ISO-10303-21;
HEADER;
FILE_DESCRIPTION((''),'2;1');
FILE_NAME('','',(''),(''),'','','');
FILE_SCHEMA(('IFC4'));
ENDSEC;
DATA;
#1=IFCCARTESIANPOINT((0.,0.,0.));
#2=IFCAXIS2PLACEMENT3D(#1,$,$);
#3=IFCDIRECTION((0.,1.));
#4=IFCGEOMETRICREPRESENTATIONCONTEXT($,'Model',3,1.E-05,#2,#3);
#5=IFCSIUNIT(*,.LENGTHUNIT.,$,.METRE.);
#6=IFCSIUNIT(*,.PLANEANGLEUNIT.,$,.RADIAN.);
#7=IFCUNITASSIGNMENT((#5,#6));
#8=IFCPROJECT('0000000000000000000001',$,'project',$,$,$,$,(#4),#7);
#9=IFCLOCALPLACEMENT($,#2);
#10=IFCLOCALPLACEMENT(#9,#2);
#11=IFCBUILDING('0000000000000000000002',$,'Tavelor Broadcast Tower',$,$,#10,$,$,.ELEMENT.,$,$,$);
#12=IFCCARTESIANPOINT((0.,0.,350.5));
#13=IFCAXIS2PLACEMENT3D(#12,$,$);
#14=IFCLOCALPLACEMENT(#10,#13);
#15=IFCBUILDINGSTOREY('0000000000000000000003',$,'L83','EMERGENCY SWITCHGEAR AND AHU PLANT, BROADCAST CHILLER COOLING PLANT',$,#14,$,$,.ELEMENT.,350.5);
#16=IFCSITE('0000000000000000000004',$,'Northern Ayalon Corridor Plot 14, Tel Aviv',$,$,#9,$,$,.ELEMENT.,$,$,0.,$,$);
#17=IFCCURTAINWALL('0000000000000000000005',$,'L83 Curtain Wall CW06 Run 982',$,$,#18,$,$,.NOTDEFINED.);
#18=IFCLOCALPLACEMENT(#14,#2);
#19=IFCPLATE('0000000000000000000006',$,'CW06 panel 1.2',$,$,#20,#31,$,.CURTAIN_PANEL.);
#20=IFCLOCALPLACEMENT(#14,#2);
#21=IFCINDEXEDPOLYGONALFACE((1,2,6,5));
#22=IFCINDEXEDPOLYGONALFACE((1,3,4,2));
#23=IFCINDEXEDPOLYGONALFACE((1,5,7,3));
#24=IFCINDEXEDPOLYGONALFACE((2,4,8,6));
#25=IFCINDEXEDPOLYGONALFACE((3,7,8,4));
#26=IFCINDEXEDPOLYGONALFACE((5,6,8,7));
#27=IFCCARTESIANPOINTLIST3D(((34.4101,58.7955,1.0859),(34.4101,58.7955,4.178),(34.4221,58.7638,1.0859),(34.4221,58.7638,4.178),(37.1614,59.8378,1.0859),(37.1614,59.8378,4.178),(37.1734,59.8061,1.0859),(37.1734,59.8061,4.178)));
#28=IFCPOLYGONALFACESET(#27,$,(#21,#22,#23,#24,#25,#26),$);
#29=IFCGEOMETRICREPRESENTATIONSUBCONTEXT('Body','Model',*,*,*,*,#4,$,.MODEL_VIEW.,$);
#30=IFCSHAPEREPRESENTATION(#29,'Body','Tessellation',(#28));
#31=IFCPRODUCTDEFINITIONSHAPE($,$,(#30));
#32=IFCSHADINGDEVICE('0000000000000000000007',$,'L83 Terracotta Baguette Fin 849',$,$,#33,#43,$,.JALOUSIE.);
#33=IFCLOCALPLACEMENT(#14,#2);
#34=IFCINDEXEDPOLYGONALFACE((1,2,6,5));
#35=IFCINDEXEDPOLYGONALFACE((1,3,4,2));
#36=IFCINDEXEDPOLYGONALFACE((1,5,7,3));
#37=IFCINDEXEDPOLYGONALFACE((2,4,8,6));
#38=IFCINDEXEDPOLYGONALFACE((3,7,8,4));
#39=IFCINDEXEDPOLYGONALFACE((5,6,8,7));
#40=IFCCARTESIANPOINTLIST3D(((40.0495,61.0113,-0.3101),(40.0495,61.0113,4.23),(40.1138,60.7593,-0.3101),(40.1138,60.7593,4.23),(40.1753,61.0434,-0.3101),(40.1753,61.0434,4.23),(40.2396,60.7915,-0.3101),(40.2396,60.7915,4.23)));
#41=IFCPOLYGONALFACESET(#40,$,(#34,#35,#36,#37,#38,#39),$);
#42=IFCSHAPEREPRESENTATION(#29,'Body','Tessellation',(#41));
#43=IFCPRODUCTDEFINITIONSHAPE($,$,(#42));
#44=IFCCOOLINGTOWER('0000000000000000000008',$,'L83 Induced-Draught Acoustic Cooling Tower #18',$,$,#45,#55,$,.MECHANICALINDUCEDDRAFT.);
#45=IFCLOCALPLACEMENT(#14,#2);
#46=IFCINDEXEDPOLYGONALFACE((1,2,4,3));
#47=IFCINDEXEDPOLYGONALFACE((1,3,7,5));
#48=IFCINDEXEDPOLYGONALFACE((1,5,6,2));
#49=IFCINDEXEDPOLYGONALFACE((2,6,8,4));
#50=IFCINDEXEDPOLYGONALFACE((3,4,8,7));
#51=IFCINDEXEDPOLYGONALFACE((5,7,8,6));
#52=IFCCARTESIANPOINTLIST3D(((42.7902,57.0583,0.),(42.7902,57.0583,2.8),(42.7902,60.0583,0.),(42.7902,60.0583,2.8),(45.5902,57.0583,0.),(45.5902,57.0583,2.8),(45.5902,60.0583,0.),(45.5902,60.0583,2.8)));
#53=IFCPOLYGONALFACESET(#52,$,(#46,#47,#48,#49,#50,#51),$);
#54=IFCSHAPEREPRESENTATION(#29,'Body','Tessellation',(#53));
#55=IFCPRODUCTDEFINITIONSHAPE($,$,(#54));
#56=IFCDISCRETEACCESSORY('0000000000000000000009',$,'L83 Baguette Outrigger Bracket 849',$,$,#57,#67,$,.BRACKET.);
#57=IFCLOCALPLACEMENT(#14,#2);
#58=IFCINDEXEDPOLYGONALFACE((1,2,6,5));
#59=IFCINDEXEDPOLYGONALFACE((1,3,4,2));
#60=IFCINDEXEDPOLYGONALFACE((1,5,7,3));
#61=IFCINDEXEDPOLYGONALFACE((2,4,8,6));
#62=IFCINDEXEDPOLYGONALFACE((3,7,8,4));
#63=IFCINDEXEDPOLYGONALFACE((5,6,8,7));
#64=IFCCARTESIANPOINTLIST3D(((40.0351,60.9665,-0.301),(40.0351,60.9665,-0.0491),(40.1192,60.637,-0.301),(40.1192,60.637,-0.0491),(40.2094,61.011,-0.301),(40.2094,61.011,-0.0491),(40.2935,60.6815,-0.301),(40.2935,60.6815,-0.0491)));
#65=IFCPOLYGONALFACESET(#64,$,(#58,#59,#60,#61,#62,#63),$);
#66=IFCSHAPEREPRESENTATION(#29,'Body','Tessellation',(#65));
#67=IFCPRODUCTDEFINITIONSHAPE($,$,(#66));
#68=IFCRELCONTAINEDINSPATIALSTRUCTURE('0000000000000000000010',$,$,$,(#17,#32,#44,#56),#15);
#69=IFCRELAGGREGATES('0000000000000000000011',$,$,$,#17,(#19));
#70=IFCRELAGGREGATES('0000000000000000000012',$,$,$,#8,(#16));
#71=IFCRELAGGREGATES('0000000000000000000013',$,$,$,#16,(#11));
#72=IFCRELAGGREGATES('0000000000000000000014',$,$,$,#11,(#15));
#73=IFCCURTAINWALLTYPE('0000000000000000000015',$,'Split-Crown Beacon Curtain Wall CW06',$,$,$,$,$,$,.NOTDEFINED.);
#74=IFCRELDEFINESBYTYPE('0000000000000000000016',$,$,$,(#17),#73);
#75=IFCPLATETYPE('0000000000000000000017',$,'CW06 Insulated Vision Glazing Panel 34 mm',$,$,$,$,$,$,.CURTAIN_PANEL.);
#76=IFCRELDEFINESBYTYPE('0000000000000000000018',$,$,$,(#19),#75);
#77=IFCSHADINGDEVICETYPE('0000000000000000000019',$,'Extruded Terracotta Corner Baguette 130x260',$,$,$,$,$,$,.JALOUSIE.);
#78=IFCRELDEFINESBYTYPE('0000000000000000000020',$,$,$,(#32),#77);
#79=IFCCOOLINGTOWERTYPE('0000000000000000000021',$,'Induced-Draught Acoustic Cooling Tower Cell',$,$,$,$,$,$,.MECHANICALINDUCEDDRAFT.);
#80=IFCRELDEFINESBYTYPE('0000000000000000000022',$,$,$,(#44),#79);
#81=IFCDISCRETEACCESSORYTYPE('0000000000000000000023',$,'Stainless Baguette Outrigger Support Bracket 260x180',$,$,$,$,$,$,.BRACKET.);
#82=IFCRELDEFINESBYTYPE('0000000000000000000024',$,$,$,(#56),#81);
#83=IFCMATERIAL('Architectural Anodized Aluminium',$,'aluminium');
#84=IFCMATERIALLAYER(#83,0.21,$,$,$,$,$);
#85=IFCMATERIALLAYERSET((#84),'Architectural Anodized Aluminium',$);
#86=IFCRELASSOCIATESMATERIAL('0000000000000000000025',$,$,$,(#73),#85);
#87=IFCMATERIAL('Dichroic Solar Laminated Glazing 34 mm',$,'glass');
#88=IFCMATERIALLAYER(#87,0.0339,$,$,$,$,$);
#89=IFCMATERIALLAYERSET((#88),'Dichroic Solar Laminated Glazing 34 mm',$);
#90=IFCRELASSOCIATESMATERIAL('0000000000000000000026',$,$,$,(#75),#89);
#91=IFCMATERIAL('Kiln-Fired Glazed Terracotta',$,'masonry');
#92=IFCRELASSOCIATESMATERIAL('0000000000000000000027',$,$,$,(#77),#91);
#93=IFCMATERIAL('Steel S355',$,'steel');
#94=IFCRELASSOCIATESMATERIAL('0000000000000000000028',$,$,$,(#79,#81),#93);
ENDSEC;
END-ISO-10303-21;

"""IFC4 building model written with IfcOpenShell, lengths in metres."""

from ifc_helpers import new_model, si_unit, direction, frame, origin, origin_2d, place, context, subcontext, project, spatial, rectangle, extrude, source, transform, mapped, material, layer, layer_set, type_object, type_shapes, element, aggregate, save


model = new_model("IFC4")

# Units and contexts
model_context = context("Model", 3, precision=1e-05, world=origin(), true_north=direction((0.0, 1.0)))
body_context = subcontext(model_context, "Body", "Model", "MODEL_VIEW")
ifc_project = project(units=[si_unit("LENGTHUNIT", "METRE"), si_unit("PLANEANGLEUNIT", "RADIAN")], contexts=[model_context])

# Site, building, storey
site_placement = place(None, origin())
site = spatial("IfcSite", under=ifc_project, at=site_placement, Name="Northern Ayalon Corridor Plot 14, Tel Aviv", CompositionType="ELEMENT", RefElevation=0.0)
building_placement = place(site_placement, origin())
building = spatial("IfcBuilding", under=site, at=building_placement, Name="Tavelor Broadcast Tower", CompositionType="ELEMENT")
storey_placement = place(building_placement, frame((0.0, 0.0, 350.5)))
storey = spatial("IfcBuildingStorey", under=building, at=storey_placement, Name="L83", Description="EMERGENCY SWITCHGEAR AND AHU PLANT, BROADCAST CHILLER COOLING PLANT", CompositionType="ELEMENT", Elevation=350.5)

# Shared definitions
ifc_material_1 = material(Name="Steel S355", Category="steel")

# Shared definitions
ifc_material_2 = material(Name="Architectural Anodized Aluminium", Category="aluminium")
ifc_layer_1 = layer(ifc_material_2, 0.21)
ifc_layer_set_1 = layer_set([ifc_layer_1], Name="Architectural Anodized Aluminium")
curtain_wall_type = type_object("IfcCurtainWallType", Name="Split-Crown Beacon Curtain Wall CW06", PredefinedType="NOTDEFINED", material=ifc_layer_set_1)

# Curtain wall
curtain_wall_1_placement = place(storey_placement, origin())
curtain_wall_1 = element("IfcCurtainWall", 1, at=curtain_wall_1_placement, inside=storey, type_object=curtain_wall_type, Name="L83 Curtain Wall CW06 Run 982", PredefinedType="NOTDEFINED")

# Plate
ifc_material_3 = material(Name="Dichroic Solar Laminated Glazing 34 mm", Category="glass")
ifc_layer_2 = layer(ifc_material_3, 0.0339)
ifc_layer_set_2 = layer_set([ifc_layer_2], Name="Dichroic Solar Laminated Glazing 34 mm")
plate_type_1 = type_object("IfcPlateType", Name="CW06 Insulated Vision Glazing Panel 34 mm", PredefinedType="CURTAIN_PANEL", material=ifc_layer_set_2)
shared_shape_1 = source(origin(), body_context, "Body", "SweptSolid", [
    extrude(rectangle(XDim=2.9421, YDim=0.0339, at=origin_2d()), origin(), (0.0, 0.0, 1.0), 3.092),
])
plate_1_placement = place(storey_placement, frame((35.7917, 59.3008, 1.0859), z_axis=(0.0, 0.0, 1.0), x_axis=(-0.935145, -0.354265, 0.0)))
plate_1 = element("IfcPlate", 2, at=plate_1_placement, type_object=plate_type_1, Name="CW06 panel 1.2", PredefinedType="CURTAIN_PANEL", context=body_context, shape_type="MappedRepresentation", body=[
    mapped(shared_shape_1, transform((0.0, 0.0, 0.0), scale=1.0)),
])
aggregate(curtain_wall_1, [plate_1])

# Shading device
ifc_material_4 = material(Name="Kiln-Fired Glazed Terracotta", Category="masonry")
shading_device_type = type_object("IfcShadingDeviceType", Name="Extruded Terracotta Corner Baguette 130x260", PredefinedType="JALOUSIE", material=ifc_material_4)
shared_shape_2 = source(origin(), body_context, "Body", "SweptSolid", [
    extrude(rectangle(XDim=0.1299, YDim=0.26, at=origin_2d()), origin(), (0.0, 0.0, 1.0), 4.54),
])
type_shapes(shading_device_type, [shared_shape_2])
shading_device_placement = place(storey_placement, frame((40.1445, 60.9014, -0.3101), z_axis=(0.0, 0.0, 1.0), x_axis=(-0.968929, -0.247337, 0.0)))
element("IfcShadingDevice", 3, at=shading_device_placement, inside=storey, type_object=shading_device_type, Name="L83 Terracotta Baguette Fin 849", PredefinedType="JALOUSIE", context=body_context, shape_type="MappedRepresentation", body=[
    mapped(shared_shape_2, transform((0.0, 0.0, 0.0), scale=1.0)),
])

# Cooling tower
cooling_tower_type = type_object("IfcCoolingTowerType", Name="Induced-Draught Acoustic Cooling Tower Cell", PredefinedType="MECHANICALINDUCEDDRAFT", material=ifc_material_1)
cooling_tower_placement = place(storey_placement, frame((44.1902, 58.5583, 0.0), z_axis=(0.0, 0.0, 1.0), x_axis=(1.0, 0.0, 0.0)))
element("IfcCoolingTower", 4, at=cooling_tower_placement, inside=storey, type_object=cooling_tower_type, Name="L83 Induced-Draught Acoustic Cooling Tower #18", PredefinedType="MECHANICALINDUCEDDRAFT", context=body_context, shape_type="SweptSolid", body=[
    extrude(rectangle(XDim=2.8, YDim=3.0, at=origin_2d()), origin(), (0.0, 0.0, 1.0), 2.8),
])

# Discrete accessory
discrete_accessory_type = type_object("IfcDiscreteAccessoryType", Name="Stainless Baguette Outrigger Support Bracket 260x180", PredefinedType="BRACKET", material=ifc_material_1)
shared_shape_3 = source(origin(), body_context, "Body", "SweptSolid", [
    extrude(rectangle(XDim=0.1799, YDim=0.3401, at=origin_2d()), origin(), (0.0, 0.0, 1.0), 0.252),
])
type_shapes(discrete_accessory_type, [shared_shape_3])
discrete_accessory_placement = place(storey_placement, frame((40.1643, 60.824, -0.301), z_axis=(0.0, 0.0, 1.0), x_axis=(-0.968929, -0.247337, 0.0)))
element("IfcDiscreteAccessory", 5, at=discrete_accessory_placement, inside=storey, type_object=discrete_accessory_type, Name="L83 Baguette Outrigger Bracket 849", PredefinedType="BRACKET", context=body_context, shape_type="MappedRepresentation", body=[
    mapped(shared_shape_3, transform((0.0, 0.0, 0.0), scale=1.0)),
])

save(model, "model.ifc")
